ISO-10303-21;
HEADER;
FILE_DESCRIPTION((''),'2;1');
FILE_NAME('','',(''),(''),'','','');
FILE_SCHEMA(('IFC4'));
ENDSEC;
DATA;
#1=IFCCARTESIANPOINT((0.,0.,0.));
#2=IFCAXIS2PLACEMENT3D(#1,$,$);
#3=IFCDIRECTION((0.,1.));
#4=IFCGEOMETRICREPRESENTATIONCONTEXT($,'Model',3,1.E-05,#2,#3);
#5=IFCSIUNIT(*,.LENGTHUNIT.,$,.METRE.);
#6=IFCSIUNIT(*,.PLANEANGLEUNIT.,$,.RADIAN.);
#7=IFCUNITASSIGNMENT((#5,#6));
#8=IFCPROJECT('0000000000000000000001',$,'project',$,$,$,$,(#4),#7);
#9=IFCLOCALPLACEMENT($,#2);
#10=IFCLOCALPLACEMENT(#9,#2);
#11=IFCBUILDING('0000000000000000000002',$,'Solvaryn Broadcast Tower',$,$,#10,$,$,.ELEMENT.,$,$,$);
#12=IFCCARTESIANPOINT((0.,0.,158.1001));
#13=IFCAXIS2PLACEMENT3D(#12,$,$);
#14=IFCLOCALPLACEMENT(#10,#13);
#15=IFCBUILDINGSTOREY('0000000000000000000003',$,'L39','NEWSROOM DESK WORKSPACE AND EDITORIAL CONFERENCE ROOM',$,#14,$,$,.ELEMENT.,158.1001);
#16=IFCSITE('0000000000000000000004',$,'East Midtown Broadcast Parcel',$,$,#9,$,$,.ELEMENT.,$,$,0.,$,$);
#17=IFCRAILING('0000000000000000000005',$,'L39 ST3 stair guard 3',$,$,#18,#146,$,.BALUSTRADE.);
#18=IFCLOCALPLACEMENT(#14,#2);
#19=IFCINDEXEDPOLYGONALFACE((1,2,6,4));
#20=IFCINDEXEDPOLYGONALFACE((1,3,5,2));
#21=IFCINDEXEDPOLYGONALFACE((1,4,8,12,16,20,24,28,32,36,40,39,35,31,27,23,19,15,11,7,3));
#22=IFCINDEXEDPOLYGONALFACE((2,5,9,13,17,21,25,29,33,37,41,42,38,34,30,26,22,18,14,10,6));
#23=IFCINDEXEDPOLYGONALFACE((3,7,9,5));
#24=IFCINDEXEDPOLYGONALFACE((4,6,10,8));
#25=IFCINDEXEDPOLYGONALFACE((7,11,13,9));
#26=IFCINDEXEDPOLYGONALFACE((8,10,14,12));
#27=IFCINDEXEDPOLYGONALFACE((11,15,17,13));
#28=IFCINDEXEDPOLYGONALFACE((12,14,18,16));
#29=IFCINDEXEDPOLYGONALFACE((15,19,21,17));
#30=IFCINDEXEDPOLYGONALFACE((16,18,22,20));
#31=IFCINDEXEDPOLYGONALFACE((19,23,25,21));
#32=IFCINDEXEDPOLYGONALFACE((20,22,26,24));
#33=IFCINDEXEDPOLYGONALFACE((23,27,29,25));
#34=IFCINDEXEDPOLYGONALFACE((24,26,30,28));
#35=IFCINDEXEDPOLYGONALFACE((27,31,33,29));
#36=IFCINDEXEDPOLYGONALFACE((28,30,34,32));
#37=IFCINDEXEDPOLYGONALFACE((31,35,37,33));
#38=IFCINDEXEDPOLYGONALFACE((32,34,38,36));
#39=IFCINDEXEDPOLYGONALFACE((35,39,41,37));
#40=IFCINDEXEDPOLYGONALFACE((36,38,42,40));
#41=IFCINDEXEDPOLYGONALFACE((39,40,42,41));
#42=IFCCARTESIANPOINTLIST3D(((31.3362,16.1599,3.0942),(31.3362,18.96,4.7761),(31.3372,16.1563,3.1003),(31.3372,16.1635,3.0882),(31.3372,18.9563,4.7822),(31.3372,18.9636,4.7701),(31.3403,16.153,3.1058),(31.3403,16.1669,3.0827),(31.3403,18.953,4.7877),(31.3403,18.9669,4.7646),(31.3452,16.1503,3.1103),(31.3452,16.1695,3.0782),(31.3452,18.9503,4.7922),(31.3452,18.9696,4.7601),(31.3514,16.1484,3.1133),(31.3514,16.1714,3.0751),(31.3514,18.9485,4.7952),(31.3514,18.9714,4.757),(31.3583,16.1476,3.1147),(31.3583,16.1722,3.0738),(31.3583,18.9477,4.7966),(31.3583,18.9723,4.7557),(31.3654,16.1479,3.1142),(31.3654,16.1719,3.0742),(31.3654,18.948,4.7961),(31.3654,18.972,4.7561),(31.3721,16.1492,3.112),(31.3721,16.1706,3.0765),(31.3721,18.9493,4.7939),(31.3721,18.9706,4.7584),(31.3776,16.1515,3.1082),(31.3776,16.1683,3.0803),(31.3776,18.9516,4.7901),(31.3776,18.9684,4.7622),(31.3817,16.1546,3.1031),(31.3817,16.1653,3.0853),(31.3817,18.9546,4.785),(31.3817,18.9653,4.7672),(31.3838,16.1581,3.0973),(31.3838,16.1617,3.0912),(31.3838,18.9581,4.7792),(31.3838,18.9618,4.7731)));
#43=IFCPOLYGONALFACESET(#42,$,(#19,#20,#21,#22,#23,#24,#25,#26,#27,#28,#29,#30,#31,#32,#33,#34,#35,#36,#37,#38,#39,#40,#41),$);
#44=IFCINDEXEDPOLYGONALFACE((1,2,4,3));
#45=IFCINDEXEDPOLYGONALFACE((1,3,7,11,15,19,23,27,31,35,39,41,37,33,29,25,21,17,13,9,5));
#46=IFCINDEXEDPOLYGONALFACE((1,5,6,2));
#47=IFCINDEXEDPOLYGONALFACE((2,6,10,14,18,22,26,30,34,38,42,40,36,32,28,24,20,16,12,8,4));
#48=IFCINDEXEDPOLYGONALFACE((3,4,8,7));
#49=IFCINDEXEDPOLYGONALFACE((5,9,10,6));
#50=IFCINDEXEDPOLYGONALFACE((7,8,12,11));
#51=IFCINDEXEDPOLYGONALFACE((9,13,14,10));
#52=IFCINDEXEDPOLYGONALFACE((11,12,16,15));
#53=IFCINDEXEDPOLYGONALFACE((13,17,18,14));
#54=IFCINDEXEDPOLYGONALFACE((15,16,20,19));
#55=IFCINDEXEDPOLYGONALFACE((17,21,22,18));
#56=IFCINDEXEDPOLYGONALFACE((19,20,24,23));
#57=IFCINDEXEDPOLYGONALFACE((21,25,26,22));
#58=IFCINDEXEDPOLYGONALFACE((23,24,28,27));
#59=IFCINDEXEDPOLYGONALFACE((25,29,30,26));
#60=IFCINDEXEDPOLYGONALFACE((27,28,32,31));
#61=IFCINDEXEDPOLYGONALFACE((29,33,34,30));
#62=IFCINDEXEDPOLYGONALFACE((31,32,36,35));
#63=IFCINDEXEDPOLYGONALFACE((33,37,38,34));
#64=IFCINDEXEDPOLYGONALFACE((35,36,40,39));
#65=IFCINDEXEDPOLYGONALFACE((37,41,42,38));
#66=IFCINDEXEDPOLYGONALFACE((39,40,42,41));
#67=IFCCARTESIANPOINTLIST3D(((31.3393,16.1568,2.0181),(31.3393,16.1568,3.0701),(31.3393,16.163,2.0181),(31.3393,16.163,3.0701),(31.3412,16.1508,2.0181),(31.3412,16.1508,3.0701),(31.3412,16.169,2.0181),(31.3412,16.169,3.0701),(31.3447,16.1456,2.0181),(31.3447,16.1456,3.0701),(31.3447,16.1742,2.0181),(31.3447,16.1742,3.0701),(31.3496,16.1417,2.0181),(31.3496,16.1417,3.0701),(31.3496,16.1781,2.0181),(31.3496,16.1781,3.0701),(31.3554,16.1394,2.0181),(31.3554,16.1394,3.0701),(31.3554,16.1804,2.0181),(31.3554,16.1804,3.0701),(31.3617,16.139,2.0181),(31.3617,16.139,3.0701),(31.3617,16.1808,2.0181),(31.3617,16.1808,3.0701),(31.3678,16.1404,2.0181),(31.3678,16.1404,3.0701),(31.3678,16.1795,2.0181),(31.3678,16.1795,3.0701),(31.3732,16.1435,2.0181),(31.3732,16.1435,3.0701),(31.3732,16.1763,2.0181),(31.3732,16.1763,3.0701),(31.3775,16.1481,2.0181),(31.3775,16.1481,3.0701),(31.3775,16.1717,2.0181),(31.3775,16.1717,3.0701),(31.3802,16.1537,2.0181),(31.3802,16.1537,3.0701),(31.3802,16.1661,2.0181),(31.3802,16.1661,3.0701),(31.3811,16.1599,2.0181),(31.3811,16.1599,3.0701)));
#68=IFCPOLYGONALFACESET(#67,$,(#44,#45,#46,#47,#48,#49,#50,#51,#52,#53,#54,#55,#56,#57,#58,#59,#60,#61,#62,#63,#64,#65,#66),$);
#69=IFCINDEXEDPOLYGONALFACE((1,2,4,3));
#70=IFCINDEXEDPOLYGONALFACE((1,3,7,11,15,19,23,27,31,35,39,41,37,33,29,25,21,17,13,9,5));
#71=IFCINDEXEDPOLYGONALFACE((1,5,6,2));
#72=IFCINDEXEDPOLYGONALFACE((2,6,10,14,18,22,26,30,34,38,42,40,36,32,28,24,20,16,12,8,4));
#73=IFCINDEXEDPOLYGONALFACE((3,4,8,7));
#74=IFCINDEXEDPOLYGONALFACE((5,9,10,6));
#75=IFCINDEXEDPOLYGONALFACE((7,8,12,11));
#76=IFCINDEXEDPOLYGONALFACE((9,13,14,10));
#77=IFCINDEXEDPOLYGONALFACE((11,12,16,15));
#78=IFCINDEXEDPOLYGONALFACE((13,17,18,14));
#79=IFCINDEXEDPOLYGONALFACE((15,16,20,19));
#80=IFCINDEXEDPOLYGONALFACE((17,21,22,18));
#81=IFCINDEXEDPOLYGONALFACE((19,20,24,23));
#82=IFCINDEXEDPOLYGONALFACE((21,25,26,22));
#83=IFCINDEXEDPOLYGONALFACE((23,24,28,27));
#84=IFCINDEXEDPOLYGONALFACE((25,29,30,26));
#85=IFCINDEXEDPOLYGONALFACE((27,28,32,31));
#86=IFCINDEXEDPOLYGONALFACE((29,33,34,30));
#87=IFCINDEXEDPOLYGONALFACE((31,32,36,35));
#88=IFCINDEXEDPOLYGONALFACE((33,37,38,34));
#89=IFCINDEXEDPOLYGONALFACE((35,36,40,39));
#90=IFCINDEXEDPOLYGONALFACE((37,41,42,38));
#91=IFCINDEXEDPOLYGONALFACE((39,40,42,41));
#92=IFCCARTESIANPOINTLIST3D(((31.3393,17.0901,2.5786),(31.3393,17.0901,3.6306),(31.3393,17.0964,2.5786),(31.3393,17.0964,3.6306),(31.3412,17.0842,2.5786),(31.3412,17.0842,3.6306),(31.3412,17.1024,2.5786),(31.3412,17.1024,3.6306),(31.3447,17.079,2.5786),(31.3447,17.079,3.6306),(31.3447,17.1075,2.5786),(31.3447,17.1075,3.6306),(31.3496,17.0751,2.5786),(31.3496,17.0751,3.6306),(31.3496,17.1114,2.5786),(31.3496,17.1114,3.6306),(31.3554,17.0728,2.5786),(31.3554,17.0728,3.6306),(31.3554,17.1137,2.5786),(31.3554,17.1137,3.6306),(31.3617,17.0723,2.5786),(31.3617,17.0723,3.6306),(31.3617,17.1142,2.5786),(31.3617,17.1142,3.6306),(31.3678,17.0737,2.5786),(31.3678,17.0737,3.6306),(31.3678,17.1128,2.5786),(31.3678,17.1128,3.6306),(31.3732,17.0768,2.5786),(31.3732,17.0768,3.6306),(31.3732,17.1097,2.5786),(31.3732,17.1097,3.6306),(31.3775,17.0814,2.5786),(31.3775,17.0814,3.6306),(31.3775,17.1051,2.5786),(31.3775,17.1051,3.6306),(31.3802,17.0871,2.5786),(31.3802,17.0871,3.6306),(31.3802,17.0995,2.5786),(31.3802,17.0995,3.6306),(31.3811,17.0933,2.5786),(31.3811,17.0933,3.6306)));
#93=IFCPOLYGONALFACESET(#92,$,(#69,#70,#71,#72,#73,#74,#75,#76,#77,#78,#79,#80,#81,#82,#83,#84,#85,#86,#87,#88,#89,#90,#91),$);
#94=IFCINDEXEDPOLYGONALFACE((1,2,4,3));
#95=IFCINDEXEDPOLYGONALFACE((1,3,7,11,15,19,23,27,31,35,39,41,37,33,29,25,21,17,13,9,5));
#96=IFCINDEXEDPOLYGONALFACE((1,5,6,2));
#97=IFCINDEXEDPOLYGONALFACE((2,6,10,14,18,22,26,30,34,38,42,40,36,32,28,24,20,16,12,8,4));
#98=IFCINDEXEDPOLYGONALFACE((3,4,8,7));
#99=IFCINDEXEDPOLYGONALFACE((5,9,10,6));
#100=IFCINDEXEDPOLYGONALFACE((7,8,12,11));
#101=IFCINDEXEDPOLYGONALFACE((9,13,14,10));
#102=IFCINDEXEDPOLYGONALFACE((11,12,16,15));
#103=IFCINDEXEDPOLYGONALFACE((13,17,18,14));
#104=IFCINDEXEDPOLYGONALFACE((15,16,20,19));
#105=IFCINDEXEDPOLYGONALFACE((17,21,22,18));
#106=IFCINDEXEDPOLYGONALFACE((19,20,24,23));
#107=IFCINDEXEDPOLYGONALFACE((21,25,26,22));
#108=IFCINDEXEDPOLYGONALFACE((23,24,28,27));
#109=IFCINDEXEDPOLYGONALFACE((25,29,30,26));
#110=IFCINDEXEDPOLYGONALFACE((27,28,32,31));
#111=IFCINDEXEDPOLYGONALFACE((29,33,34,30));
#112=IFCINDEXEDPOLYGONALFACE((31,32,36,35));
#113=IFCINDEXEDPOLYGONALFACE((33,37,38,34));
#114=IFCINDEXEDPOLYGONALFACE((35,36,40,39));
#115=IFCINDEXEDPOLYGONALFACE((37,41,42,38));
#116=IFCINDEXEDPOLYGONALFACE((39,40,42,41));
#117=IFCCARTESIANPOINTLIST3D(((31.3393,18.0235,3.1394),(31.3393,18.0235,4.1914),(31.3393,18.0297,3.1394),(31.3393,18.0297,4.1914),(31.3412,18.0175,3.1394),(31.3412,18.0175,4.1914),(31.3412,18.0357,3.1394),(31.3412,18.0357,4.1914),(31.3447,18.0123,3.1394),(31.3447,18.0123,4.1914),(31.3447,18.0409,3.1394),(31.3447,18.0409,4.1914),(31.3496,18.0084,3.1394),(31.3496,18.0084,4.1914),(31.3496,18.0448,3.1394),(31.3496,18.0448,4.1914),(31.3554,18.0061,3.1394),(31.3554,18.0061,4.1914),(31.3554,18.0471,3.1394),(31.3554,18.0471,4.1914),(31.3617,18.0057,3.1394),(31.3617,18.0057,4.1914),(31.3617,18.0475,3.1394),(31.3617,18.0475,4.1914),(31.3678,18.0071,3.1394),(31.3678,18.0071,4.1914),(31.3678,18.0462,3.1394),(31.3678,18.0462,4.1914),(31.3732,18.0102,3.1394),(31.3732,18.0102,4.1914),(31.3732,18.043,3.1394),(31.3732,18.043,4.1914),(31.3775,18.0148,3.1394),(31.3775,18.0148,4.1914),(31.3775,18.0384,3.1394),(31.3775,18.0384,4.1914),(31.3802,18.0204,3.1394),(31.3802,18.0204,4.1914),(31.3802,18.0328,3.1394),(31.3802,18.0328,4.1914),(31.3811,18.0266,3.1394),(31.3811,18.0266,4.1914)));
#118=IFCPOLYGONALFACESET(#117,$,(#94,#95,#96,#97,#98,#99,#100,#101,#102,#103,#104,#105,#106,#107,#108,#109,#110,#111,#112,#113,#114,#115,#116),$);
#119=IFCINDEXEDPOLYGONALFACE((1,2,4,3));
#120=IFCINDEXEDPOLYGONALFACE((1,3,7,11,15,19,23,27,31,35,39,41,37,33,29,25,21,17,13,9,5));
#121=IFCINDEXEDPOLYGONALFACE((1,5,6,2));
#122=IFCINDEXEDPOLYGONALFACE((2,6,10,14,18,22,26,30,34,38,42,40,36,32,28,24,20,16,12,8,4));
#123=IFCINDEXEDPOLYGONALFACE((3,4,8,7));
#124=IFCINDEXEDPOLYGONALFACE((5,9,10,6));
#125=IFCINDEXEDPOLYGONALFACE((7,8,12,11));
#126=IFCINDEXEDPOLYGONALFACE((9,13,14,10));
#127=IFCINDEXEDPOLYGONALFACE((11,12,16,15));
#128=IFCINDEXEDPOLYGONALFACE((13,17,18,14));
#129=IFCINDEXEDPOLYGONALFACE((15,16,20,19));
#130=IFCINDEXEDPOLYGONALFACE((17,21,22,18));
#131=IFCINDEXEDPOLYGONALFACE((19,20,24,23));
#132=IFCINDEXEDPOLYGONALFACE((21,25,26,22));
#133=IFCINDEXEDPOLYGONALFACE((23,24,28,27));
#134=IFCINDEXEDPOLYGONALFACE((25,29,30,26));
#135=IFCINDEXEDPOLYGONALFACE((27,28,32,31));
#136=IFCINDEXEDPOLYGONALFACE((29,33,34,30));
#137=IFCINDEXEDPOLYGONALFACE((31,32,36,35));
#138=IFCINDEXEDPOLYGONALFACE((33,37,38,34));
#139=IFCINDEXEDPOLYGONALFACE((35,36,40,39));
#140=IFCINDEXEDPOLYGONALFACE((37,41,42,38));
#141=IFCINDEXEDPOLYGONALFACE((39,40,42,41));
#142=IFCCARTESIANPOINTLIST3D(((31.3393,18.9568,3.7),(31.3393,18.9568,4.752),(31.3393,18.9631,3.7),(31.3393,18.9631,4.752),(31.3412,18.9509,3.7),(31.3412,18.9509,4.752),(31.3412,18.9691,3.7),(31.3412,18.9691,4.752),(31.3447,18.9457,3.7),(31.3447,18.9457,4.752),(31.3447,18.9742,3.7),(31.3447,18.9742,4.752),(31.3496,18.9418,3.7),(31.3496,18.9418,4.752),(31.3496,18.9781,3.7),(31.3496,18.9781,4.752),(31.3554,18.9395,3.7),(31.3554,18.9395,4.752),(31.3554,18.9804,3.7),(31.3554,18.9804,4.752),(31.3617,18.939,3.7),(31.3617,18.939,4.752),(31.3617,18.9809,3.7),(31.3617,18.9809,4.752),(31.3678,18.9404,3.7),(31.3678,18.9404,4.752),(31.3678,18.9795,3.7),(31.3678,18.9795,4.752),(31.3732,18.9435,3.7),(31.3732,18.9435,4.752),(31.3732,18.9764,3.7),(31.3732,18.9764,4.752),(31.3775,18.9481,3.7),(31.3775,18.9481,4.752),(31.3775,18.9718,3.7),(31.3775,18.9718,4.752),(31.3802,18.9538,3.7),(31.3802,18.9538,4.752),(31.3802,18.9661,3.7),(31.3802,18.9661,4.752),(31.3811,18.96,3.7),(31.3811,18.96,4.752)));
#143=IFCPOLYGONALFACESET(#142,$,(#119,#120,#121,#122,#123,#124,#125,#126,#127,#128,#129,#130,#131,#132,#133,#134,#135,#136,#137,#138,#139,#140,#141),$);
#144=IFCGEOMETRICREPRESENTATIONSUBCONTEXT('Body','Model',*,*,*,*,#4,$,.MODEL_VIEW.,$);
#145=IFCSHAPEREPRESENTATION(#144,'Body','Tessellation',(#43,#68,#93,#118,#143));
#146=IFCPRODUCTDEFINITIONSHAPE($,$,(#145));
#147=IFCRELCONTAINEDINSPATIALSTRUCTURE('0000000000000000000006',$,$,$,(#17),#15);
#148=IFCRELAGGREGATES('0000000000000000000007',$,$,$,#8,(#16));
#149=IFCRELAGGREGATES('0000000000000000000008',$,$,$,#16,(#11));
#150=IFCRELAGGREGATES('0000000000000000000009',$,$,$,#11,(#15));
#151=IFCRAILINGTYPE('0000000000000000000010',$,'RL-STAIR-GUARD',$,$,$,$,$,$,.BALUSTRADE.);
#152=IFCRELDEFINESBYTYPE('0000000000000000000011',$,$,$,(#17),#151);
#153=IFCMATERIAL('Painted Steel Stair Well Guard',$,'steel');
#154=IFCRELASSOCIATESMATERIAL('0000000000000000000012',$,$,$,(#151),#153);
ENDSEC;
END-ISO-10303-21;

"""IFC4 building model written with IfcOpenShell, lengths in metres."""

from ifc_helpers import new_model, si_unit, direction, frame, origin, origin_2d, place, context, subcontext, project, spatial, circle, extrude, material, type_object, element, save


model = new_model("IFC4")

# Units and contexts
model_context = context("Model", 3, precision=1e-05, world=origin(), true_north=direction((0.0, 1.0)))
body_context = subcontext(model_context, "Body", "Model", "MODEL_VIEW")
ifc_project = project(units=[si_unit("LENGTHUNIT", "METRE"), si_unit("PLANEANGLEUNIT", "RADIAN")], contexts=[model_context])

# Site, building, storey
site_placement = place(None, origin())
site = spatial("IfcSite", under=ifc_project, at=site_placement, Name="East Midtown Broadcast Parcel", CompositionType="ELEMENT", RefElevation=0.0)
building_placement = place(site_placement, origin())
building = spatial("IfcBuilding", under=site, at=building_placement, Name="Solvaryn Broadcast Tower", CompositionType="ELEMENT")
storey_placement = place(building_placement, frame((0.0, 0.0, 158.1001)))
storey = spatial("IfcBuildingStorey", under=building, at=storey_placement, Name="L39", Description="NEWSROOM DESK WORKSPACE AND EDITORIAL CONFERENCE ROOM", CompositionType="ELEMENT", Elevation=158.1001)

# Railing
ifc_material_1 = material(Name="Painted Steel Stair Well Guard", Category="steel")
railing_type_1 = type_object("IfcRailingType", Name="RL-STAIR-GUARD", PredefinedType="BALUSTRADE", material=ifc_material_1)
railing_1_placement = place(storey_placement, frame((31.3601, 16.1599, 2.0181)))
element("IfcRailing", 1, at=railing_1_placement, inside=storey, type_object=railing_type_1, Name="L39 ST3 stair guard 3", PredefinedType="BALUSTRADE", context=body_context, shape_type="SweptSolid", body=[
    extrude(circle(Radius=0.0239, at=origin_2d()), frame((0.0, 0.0, 1.0762), z_axis=(0.0, 0.857242, 0.514913), x_axis=(-1.0, 0.0, 0.0)), (0.0, 0.0, 1.0), 3.2664),
    extrude(circle(Radius=0.021, at=origin_2d()), origin(), (0.0, 0.0, 1.0), 1.052),
    extrude(circle(Radius=0.021, at=origin_2d()), frame((0.0, 0.9333, 0.5605)), (0.0, 0.0, 1.0), 1.052),
    extrude(circle(Radius=0.021, at=origin_2d()), frame((0.0, 1.8667, 1.1213)), (0.0, 0.0, 1.0), 1.052),
    extrude(circle(Radius=0.021, at=origin_2d()), frame((0.0, 2.8, 1.6819)), (0.0, 0.0, 1.0), 1.052),
])

save(model, "model.ifc")
